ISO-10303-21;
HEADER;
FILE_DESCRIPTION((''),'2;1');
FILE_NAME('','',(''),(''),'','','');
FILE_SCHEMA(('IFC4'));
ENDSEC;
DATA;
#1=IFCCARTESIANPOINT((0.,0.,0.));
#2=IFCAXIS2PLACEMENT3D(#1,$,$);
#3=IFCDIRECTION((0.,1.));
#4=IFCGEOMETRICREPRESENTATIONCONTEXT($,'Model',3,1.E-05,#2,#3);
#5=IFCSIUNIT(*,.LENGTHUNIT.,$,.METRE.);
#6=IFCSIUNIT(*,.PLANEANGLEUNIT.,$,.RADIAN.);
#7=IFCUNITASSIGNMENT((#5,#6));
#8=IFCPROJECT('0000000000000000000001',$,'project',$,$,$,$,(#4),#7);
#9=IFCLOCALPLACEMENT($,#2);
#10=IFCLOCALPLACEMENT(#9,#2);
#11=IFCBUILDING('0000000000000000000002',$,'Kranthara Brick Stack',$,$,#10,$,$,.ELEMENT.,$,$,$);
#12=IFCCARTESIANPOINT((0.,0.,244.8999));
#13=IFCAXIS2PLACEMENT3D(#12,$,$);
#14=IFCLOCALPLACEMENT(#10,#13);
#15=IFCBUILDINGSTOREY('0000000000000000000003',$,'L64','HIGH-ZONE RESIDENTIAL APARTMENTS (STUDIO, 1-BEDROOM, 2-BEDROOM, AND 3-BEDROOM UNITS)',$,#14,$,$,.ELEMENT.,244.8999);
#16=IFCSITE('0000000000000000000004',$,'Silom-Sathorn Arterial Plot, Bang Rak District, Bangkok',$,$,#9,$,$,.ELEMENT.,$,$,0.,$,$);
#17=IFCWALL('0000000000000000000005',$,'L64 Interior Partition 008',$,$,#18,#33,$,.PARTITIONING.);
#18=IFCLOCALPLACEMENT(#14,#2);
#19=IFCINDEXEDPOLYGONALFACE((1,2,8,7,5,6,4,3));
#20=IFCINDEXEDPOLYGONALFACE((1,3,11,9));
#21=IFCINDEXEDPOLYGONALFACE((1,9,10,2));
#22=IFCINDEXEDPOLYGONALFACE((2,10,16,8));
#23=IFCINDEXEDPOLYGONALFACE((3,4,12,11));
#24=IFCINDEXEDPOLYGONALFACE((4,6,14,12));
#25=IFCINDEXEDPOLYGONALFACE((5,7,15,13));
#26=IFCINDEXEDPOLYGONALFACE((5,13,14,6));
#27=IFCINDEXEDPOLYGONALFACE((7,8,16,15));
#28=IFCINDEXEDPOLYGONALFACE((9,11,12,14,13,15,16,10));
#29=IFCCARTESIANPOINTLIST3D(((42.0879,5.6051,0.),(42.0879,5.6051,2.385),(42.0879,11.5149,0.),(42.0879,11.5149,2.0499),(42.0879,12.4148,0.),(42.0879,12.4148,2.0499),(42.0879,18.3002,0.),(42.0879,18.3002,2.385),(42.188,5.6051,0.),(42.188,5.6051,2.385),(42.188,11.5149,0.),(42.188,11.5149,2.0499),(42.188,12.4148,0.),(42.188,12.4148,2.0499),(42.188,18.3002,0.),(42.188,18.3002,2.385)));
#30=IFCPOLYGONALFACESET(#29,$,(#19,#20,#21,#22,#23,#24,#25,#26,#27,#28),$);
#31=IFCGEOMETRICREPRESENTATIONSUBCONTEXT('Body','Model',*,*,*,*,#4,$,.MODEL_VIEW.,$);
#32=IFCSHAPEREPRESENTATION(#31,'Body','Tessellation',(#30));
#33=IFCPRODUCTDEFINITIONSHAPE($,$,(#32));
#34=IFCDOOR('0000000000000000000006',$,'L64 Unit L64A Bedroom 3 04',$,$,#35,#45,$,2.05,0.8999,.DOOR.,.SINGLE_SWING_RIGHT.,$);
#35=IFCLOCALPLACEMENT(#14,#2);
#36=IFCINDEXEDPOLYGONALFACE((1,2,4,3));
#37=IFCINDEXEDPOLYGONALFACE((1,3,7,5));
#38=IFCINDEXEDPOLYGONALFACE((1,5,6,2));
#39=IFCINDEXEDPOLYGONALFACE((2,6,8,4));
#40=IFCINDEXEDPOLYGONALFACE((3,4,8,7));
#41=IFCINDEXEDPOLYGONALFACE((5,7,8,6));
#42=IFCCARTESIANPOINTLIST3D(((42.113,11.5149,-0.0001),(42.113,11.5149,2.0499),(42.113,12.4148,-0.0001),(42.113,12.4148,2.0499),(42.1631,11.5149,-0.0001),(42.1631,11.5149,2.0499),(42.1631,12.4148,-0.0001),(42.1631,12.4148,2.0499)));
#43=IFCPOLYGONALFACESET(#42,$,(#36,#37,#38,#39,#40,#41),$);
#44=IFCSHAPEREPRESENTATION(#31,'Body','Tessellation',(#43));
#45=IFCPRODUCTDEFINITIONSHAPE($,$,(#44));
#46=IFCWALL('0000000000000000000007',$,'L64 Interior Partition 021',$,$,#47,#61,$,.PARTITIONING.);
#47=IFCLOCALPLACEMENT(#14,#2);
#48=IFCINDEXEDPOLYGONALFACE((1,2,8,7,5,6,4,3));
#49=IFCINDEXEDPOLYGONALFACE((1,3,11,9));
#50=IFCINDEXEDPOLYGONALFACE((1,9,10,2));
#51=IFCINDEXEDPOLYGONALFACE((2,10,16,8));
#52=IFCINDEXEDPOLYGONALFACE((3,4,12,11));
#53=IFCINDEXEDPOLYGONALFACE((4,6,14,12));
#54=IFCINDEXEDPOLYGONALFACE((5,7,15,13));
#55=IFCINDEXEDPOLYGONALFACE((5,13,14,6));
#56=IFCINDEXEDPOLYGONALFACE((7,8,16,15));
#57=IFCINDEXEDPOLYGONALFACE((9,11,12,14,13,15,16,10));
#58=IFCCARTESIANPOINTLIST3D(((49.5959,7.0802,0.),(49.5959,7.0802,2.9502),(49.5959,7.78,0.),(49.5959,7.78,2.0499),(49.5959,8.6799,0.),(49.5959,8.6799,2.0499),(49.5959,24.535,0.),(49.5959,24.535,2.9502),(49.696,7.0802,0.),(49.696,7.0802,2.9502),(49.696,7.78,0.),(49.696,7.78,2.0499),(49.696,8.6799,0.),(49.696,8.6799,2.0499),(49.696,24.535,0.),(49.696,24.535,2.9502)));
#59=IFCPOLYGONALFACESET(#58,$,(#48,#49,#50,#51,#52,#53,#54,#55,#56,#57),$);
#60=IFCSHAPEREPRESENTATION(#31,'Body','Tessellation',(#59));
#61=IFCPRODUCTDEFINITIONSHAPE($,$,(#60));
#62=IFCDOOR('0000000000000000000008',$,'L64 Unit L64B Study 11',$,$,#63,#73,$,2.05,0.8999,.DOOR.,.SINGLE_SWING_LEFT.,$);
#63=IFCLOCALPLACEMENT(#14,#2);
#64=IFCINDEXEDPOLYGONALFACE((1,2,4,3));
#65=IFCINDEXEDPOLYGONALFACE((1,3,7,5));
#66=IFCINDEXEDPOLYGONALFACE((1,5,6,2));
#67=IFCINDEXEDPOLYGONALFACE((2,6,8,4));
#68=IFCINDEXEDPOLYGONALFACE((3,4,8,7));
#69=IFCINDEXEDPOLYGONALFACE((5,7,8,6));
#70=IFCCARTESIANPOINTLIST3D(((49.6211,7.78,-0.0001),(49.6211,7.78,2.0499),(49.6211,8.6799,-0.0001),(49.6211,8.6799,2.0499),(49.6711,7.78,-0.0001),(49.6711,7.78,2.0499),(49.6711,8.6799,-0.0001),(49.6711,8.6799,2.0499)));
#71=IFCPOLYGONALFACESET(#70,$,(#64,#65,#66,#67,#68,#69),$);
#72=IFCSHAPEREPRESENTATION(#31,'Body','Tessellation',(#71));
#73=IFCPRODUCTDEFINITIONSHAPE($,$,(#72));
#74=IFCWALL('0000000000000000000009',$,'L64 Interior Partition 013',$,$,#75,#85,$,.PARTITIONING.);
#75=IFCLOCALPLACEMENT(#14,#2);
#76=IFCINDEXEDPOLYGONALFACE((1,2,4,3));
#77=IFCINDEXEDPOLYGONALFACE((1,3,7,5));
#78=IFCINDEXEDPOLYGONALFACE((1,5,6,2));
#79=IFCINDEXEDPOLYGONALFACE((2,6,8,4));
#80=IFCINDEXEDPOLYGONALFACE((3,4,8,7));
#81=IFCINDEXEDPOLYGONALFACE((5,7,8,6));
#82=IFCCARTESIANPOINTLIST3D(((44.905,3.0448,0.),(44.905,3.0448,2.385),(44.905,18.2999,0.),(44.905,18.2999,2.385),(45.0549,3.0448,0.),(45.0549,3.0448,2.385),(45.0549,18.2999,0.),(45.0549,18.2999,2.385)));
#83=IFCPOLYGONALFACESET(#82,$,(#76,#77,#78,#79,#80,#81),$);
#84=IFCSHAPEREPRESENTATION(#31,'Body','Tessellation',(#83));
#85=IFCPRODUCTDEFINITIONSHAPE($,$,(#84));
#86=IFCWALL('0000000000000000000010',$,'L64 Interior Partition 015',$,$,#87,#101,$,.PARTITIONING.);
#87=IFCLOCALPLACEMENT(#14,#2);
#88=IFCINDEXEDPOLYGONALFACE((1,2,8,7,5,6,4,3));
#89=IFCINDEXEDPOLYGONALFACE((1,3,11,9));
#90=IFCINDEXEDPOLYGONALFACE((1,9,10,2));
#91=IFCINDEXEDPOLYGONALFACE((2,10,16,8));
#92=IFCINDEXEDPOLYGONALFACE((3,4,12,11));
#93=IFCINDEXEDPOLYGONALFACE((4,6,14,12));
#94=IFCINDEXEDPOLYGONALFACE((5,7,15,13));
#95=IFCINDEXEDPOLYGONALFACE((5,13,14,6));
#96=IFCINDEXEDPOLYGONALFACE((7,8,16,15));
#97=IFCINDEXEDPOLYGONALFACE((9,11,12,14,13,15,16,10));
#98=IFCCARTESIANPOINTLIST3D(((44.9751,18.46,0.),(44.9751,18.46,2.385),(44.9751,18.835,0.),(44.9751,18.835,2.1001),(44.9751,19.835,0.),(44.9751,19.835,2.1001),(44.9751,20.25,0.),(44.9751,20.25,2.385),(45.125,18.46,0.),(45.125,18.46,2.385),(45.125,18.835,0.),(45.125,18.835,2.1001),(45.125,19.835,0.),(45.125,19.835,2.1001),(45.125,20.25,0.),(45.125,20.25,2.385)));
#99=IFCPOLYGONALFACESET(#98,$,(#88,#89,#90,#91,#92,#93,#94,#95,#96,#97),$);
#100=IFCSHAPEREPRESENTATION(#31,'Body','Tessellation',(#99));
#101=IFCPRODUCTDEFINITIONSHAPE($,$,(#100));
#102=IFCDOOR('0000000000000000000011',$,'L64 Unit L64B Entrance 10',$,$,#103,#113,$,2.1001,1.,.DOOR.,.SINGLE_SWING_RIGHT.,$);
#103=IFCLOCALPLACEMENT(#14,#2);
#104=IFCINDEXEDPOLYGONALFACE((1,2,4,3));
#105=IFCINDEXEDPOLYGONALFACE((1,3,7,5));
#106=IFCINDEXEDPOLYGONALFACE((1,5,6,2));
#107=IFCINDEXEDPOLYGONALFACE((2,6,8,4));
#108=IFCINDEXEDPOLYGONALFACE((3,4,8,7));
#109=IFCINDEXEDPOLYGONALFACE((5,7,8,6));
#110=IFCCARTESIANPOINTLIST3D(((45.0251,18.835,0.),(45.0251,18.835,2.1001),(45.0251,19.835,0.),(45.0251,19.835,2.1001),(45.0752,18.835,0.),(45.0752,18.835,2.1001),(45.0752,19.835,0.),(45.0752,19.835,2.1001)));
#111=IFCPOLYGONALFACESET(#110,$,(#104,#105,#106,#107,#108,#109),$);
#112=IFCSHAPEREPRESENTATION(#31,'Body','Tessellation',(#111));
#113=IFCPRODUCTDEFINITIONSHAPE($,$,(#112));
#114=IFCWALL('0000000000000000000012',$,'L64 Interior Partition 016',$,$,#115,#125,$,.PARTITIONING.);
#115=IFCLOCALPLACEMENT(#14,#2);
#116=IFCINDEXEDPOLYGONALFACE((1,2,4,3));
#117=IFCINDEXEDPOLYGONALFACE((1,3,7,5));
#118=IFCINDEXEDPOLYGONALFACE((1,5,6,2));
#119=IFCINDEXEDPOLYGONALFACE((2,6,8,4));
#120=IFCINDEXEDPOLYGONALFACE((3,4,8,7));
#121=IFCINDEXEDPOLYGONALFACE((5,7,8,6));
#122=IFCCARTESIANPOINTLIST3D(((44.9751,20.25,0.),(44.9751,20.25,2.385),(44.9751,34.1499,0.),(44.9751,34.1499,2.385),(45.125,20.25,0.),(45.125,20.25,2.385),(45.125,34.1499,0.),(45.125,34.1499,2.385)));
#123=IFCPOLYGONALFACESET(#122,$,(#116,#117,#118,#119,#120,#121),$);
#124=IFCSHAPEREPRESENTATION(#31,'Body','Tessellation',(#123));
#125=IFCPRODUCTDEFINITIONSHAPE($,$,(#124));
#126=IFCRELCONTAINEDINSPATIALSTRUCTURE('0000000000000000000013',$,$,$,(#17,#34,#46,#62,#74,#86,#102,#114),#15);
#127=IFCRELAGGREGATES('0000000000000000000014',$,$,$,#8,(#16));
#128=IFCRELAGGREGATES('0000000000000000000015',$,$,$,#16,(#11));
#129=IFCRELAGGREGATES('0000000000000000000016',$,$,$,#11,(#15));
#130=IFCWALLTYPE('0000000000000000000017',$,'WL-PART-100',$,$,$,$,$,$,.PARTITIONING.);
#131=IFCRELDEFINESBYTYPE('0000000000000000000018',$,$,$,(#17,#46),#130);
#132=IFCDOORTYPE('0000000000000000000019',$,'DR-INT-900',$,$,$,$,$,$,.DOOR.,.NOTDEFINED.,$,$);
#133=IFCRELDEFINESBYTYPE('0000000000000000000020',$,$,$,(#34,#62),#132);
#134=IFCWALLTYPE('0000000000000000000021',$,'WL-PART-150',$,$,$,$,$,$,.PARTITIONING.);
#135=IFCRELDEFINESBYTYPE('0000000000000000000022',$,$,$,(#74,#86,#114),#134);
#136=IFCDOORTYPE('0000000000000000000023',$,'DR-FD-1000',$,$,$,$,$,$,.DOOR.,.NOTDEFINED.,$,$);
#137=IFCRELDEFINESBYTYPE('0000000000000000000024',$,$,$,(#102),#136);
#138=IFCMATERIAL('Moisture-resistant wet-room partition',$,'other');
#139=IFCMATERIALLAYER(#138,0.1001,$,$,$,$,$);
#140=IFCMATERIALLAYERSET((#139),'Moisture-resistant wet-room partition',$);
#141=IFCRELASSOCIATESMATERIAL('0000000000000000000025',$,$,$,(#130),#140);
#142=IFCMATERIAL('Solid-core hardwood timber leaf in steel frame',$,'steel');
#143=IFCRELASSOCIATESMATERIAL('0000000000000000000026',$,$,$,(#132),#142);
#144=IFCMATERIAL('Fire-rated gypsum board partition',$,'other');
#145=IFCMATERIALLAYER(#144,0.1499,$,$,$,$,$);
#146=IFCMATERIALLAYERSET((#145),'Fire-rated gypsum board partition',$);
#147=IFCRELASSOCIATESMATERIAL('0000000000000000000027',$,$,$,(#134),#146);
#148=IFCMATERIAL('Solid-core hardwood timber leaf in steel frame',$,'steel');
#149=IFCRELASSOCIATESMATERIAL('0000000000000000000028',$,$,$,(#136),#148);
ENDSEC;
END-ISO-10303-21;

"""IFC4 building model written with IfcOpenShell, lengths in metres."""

from ifc_helpers import new_model, si_unit, direction, frame, frame_2d, origin, place, context, subcontext, project, spatial, rectangle, extrude, material, layer, layer_set, type_object, element, fill, save


model = new_model("IFC4")

# Units and contexts
model_context = context("Model", 3, precision=1e-05, world=origin(), true_north=direction((0.0, 1.0)))
body_context = subcontext(model_context, "Body", "Model", "MODEL_VIEW")
ifc_project = project(units=[si_unit("LENGTHUNIT", "METRE"), si_unit("PLANEANGLEUNIT", "RADIAN")], contexts=[model_context])

# Site, building, storey
site_placement = place(None, origin())
site = spatial("IfcSite", under=ifc_project, at=site_placement, Name="Silom-Sathorn Arterial Plot, Bang Rak District, Bangkok", CompositionType="ELEMENT", RefElevation=0.0)
building_placement = place(site_placement, origin())
building = spatial("IfcBuilding", under=site, at=building_placement, Name="Kranthara Brick Stack", CompositionType="ELEMENT")
storey_placement = place(building_placement, frame((0.0, 0.0, 244.8999)))
storey = spatial("IfcBuildingStorey", under=building, at=storey_placement, Name="L64", Description="HIGH-ZONE RESIDENTIAL APARTMENTS (STUDIO, 1-BEDROOM, 2-BEDROOM, AND 3-BEDROOM UNITS)", CompositionType="ELEMENT", Elevation=244.8999)

# Walls, openings, doors
ifc_material_1 = material(Name="Moisture-resistant wet-room partition", Category="other")
ifc_layer_1 = layer(ifc_material_1, 0.1001)
ifc_layer_set_1 = layer_set([ifc_layer_1], Name="Moisture-resistant wet-room partition")
wall_type_1 = type_object("IfcWallType", Name="WL-PART-100", PredefinedType="PARTITIONING", material=ifc_layer_set_1)
wall_1_placement = place(storey_placement, frame((42.1379, 5.605, 0.0), z_axis=(0.0, 0.0, 1.0), x_axis=(0.0, 1.0, 0.0)))
wall_1 = element("IfcWall", 1, at=wall_1_placement, inside=storey, type_object=wall_type_1, Name="L64 Interior Partition 008", PredefinedType="PARTITIONING", context=body_context, shape_type="SweptSolid", body=[
    extrude(rectangle(XDim=12.6951, YDim=0.1001, at=frame_2d((6.3477, 0.0))), origin(), (0.0, 0.0, 1.0), 2.385),
])
opening_1_placement = place(wall_1_placement, frame((5.9099, 0.0, 0.0)))
opening_1 = element("IfcOpeningElement", 2, at=opening_1_placement, cuts=wall_1, PredefinedType="OPENING", context=body_context, shape_type="SweptSolid", body=[
    extrude(rectangle(XDim=0.8999, YDim=2.05, at=frame_2d((0.45, 1.0249))), frame((0.0, 0.0601, 0.0), z_axis=(0.0, -1.0, 0.0), x_axis=(1.0, 0.0, 0.0)), (0.0, 0.0, 1.0), 0.1201),
])
ifc_material_2 = material(Name="Solid-core hardwood timber leaf in steel frame", Category="steel")
door_type_1 = type_object("IfcDoorType", Name="DR-INT-900", OperationType="NOTDEFINED", PredefinedType="DOOR", material=ifc_material_2)
door_1_placement = place(opening_1_placement, origin())
door_1 = element("IfcDoor", 3, at=door_1_placement, inside=storey, type_object=door_type_1, Name="L64 Unit L64A Bedroom 3 04", OperationType="SINGLE_SWING_RIGHT", OverallHeight=2.05, OverallWidth=0.8999, PredefinedType="DOOR", context=body_context, shape_type="SweptSolid", body=[
    extrude(rectangle(XDim=0.8999, YDim=2.05, at=frame_2d((0.45, 1.0249))), frame((0.0, 0.0249, 0.0), z_axis=(0.0, -1.0, 0.0), x_axis=(1.0, 0.0, 0.0)), (0.0, 0.0, 1.0), 0.05),
])
fill(opening_1, door_1)
wall_2_placement = place(storey_placement, frame((49.646, 7.0801, 0.0), z_axis=(0.0, 0.0, 1.0), x_axis=(0.0, 1.0, 0.0)))
wall_2 = element("IfcWall", 4, at=wall_2_placement, inside=storey, type_object=wall_type_1, Name="L64 Interior Partition 021", PredefinedType="PARTITIONING", context=body_context, shape_type="SweptSolid", body=[
    extrude(rectangle(XDim=17.4548, YDim=0.1001, at=frame_2d((8.7275, 0.0))), origin(), (0.0, 0.0, 1.0), 2.9502),
])
opening_2_placement = place(wall_2_placement, frame((0.7, 0.0, 0.0)))
opening_2 = element("IfcOpeningElement", 5, at=opening_2_placement, cuts=wall_2, PredefinedType="OPENING", context=body_context, shape_type="SweptSolid", body=[
    extrude(rectangle(XDim=0.8999, YDim=2.05, at=frame_2d((0.45, 1.0249))), frame((0.0, 0.0601, 0.0), z_axis=(0.0, -1.0, 0.0), x_axis=(1.0, 0.0, 0.0)), (0.0, 0.0, 1.0), 0.1201),
])
door_2_placement = place(opening_2_placement, origin())
door_2 = element("IfcDoor", 6, at=door_2_placement, inside=storey, type_object=door_type_1, Name="L64 Unit L64B Study 11", OperationType="SINGLE_SWING_LEFT", OverallHeight=2.05, OverallWidth=0.8999, PredefinedType="DOOR", context=body_context, shape_type="SweptSolid", body=[
    extrude(rectangle(XDim=0.8999, YDim=2.05, at=frame_2d((0.45, 1.0249))), frame((0.0, 0.0249, 0.0), z_axis=(0.0, -1.0, 0.0), x_axis=(1.0, 0.0, 0.0)), (0.0, 0.0, 1.0), 0.05),
])
fill(opening_2, door_2)

# Wall
ifc_material_3 = material(Name="Fire-rated gypsum board partition", Category="other")
ifc_layer_2 = layer(ifc_material_3, 0.1499)
ifc_layer_set_2 = layer_set([ifc_layer_2], Name="Fire-rated gypsum board partition")
wall_type_2 = type_object("IfcWallType", Name="WL-PART-150", PredefinedType="PARTITIONING", material=ifc_layer_set_2)
wall_3_placement = place(storey_placement, frame((44.98, 3.0449, 0.0), z_axis=(0.0, 0.0, 1.0), x_axis=(0.0, 1.0, 0.0)))
element("IfcWall", 7, at=wall_3_placement, inside=storey, type_object=wall_type_2, Name="L64 Interior Partition 013", PredefinedType="PARTITIONING", context=body_context, shape_type="SweptSolid", body=[
    extrude(rectangle(XDim=15.2551, YDim=0.1499, at=frame_2d((7.6274, 0.0))), origin(), (0.0, 0.0, 1.0), 2.385),
])

# Wall, opening, door
wall_4_placement = place(storey_placement, frame((45.05, 18.46, 0.0), z_axis=(0.0, 0.0, 1.0), x_axis=(0.0, 1.0, 0.0)))
wall_4 = element("IfcWall", 8, at=wall_4_placement, inside=storey, type_object=wall_type_2, Name="L64 Interior Partition 015", PredefinedType="PARTITIONING", context=body_context, shape_type="SweptSolid", body=[
    extrude(rectangle(XDim=1.79, YDim=0.1499, at=frame_2d((0.895, 0.0))), origin(), (0.0, 0.0, 1.0), 2.385),
])
opening_3_placement = place(wall_4_placement, frame((0.375, 0.0, 0.0)))
opening_3 = element("IfcOpeningElement", 9, at=opening_3_placement, cuts=wall_4, PredefinedType="OPENING", context=body_context, shape_type="SweptSolid", body=[
    extrude(rectangle(XDim=1.0, YDim=2.1001, at=frame_2d((0.5, 1.05))), frame((0.0, 0.085, 0.0), z_axis=(0.0, -1.0, 0.0), x_axis=(1.0, 0.0, 0.0)), (0.0, 0.0, 1.0), 0.1699),
])
ifc_material_4 = material(Name="Solid-core hardwood timber leaf in steel frame", Category="steel")
door_type_2 = type_object("IfcDoorType", Name="DR-FD-1000", OperationType="NOTDEFINED", PredefinedType="DOOR", material=ifc_material_4)
door_3_placement = place(opening_3_placement, origin())
door_3 = element("IfcDoor", 10, at=door_3_placement, inside=storey, type_object=door_type_2, Name="L64 Unit L64B Entrance 10", OperationType="SINGLE_SWING_RIGHT", OverallHeight=2.1001, OverallWidth=1.0, PredefinedType="DOOR", context=body_context, shape_type="SweptSolid", body=[
    extrude(rectangle(XDim=1.0, YDim=2.1001, at=frame_2d((0.5, 1.05))), frame((0.0, 0.0249, 0.0), z_axis=(0.0, -1.0, 0.0), x_axis=(1.0, 0.0, 0.0)), (0.0, 0.0, 1.0), 0.05),
])
fill(opening_3, door_3)

# Wall
wall_5_placement = place(storey_placement, frame((45.05, 20.25, 0.0), z_axis=(0.0, 0.0, 1.0), x_axis=(0.0, 1.0, 0.0)))
element("IfcWall", 11, at=wall_5_placement, inside=storey, type_object=wall_type_2, Name="L64 Interior Partition 016", PredefinedType="PARTITIONING", context=body_context, shape_type="SweptSolid", body=[
    extrude(rectangle(XDim=13.8999, YDim=0.1499, at=frame_2d((6.95, 0.0))), origin(), (0.0, 0.0, 1.0), 2.385),
])

save(model, "model.ifc")
